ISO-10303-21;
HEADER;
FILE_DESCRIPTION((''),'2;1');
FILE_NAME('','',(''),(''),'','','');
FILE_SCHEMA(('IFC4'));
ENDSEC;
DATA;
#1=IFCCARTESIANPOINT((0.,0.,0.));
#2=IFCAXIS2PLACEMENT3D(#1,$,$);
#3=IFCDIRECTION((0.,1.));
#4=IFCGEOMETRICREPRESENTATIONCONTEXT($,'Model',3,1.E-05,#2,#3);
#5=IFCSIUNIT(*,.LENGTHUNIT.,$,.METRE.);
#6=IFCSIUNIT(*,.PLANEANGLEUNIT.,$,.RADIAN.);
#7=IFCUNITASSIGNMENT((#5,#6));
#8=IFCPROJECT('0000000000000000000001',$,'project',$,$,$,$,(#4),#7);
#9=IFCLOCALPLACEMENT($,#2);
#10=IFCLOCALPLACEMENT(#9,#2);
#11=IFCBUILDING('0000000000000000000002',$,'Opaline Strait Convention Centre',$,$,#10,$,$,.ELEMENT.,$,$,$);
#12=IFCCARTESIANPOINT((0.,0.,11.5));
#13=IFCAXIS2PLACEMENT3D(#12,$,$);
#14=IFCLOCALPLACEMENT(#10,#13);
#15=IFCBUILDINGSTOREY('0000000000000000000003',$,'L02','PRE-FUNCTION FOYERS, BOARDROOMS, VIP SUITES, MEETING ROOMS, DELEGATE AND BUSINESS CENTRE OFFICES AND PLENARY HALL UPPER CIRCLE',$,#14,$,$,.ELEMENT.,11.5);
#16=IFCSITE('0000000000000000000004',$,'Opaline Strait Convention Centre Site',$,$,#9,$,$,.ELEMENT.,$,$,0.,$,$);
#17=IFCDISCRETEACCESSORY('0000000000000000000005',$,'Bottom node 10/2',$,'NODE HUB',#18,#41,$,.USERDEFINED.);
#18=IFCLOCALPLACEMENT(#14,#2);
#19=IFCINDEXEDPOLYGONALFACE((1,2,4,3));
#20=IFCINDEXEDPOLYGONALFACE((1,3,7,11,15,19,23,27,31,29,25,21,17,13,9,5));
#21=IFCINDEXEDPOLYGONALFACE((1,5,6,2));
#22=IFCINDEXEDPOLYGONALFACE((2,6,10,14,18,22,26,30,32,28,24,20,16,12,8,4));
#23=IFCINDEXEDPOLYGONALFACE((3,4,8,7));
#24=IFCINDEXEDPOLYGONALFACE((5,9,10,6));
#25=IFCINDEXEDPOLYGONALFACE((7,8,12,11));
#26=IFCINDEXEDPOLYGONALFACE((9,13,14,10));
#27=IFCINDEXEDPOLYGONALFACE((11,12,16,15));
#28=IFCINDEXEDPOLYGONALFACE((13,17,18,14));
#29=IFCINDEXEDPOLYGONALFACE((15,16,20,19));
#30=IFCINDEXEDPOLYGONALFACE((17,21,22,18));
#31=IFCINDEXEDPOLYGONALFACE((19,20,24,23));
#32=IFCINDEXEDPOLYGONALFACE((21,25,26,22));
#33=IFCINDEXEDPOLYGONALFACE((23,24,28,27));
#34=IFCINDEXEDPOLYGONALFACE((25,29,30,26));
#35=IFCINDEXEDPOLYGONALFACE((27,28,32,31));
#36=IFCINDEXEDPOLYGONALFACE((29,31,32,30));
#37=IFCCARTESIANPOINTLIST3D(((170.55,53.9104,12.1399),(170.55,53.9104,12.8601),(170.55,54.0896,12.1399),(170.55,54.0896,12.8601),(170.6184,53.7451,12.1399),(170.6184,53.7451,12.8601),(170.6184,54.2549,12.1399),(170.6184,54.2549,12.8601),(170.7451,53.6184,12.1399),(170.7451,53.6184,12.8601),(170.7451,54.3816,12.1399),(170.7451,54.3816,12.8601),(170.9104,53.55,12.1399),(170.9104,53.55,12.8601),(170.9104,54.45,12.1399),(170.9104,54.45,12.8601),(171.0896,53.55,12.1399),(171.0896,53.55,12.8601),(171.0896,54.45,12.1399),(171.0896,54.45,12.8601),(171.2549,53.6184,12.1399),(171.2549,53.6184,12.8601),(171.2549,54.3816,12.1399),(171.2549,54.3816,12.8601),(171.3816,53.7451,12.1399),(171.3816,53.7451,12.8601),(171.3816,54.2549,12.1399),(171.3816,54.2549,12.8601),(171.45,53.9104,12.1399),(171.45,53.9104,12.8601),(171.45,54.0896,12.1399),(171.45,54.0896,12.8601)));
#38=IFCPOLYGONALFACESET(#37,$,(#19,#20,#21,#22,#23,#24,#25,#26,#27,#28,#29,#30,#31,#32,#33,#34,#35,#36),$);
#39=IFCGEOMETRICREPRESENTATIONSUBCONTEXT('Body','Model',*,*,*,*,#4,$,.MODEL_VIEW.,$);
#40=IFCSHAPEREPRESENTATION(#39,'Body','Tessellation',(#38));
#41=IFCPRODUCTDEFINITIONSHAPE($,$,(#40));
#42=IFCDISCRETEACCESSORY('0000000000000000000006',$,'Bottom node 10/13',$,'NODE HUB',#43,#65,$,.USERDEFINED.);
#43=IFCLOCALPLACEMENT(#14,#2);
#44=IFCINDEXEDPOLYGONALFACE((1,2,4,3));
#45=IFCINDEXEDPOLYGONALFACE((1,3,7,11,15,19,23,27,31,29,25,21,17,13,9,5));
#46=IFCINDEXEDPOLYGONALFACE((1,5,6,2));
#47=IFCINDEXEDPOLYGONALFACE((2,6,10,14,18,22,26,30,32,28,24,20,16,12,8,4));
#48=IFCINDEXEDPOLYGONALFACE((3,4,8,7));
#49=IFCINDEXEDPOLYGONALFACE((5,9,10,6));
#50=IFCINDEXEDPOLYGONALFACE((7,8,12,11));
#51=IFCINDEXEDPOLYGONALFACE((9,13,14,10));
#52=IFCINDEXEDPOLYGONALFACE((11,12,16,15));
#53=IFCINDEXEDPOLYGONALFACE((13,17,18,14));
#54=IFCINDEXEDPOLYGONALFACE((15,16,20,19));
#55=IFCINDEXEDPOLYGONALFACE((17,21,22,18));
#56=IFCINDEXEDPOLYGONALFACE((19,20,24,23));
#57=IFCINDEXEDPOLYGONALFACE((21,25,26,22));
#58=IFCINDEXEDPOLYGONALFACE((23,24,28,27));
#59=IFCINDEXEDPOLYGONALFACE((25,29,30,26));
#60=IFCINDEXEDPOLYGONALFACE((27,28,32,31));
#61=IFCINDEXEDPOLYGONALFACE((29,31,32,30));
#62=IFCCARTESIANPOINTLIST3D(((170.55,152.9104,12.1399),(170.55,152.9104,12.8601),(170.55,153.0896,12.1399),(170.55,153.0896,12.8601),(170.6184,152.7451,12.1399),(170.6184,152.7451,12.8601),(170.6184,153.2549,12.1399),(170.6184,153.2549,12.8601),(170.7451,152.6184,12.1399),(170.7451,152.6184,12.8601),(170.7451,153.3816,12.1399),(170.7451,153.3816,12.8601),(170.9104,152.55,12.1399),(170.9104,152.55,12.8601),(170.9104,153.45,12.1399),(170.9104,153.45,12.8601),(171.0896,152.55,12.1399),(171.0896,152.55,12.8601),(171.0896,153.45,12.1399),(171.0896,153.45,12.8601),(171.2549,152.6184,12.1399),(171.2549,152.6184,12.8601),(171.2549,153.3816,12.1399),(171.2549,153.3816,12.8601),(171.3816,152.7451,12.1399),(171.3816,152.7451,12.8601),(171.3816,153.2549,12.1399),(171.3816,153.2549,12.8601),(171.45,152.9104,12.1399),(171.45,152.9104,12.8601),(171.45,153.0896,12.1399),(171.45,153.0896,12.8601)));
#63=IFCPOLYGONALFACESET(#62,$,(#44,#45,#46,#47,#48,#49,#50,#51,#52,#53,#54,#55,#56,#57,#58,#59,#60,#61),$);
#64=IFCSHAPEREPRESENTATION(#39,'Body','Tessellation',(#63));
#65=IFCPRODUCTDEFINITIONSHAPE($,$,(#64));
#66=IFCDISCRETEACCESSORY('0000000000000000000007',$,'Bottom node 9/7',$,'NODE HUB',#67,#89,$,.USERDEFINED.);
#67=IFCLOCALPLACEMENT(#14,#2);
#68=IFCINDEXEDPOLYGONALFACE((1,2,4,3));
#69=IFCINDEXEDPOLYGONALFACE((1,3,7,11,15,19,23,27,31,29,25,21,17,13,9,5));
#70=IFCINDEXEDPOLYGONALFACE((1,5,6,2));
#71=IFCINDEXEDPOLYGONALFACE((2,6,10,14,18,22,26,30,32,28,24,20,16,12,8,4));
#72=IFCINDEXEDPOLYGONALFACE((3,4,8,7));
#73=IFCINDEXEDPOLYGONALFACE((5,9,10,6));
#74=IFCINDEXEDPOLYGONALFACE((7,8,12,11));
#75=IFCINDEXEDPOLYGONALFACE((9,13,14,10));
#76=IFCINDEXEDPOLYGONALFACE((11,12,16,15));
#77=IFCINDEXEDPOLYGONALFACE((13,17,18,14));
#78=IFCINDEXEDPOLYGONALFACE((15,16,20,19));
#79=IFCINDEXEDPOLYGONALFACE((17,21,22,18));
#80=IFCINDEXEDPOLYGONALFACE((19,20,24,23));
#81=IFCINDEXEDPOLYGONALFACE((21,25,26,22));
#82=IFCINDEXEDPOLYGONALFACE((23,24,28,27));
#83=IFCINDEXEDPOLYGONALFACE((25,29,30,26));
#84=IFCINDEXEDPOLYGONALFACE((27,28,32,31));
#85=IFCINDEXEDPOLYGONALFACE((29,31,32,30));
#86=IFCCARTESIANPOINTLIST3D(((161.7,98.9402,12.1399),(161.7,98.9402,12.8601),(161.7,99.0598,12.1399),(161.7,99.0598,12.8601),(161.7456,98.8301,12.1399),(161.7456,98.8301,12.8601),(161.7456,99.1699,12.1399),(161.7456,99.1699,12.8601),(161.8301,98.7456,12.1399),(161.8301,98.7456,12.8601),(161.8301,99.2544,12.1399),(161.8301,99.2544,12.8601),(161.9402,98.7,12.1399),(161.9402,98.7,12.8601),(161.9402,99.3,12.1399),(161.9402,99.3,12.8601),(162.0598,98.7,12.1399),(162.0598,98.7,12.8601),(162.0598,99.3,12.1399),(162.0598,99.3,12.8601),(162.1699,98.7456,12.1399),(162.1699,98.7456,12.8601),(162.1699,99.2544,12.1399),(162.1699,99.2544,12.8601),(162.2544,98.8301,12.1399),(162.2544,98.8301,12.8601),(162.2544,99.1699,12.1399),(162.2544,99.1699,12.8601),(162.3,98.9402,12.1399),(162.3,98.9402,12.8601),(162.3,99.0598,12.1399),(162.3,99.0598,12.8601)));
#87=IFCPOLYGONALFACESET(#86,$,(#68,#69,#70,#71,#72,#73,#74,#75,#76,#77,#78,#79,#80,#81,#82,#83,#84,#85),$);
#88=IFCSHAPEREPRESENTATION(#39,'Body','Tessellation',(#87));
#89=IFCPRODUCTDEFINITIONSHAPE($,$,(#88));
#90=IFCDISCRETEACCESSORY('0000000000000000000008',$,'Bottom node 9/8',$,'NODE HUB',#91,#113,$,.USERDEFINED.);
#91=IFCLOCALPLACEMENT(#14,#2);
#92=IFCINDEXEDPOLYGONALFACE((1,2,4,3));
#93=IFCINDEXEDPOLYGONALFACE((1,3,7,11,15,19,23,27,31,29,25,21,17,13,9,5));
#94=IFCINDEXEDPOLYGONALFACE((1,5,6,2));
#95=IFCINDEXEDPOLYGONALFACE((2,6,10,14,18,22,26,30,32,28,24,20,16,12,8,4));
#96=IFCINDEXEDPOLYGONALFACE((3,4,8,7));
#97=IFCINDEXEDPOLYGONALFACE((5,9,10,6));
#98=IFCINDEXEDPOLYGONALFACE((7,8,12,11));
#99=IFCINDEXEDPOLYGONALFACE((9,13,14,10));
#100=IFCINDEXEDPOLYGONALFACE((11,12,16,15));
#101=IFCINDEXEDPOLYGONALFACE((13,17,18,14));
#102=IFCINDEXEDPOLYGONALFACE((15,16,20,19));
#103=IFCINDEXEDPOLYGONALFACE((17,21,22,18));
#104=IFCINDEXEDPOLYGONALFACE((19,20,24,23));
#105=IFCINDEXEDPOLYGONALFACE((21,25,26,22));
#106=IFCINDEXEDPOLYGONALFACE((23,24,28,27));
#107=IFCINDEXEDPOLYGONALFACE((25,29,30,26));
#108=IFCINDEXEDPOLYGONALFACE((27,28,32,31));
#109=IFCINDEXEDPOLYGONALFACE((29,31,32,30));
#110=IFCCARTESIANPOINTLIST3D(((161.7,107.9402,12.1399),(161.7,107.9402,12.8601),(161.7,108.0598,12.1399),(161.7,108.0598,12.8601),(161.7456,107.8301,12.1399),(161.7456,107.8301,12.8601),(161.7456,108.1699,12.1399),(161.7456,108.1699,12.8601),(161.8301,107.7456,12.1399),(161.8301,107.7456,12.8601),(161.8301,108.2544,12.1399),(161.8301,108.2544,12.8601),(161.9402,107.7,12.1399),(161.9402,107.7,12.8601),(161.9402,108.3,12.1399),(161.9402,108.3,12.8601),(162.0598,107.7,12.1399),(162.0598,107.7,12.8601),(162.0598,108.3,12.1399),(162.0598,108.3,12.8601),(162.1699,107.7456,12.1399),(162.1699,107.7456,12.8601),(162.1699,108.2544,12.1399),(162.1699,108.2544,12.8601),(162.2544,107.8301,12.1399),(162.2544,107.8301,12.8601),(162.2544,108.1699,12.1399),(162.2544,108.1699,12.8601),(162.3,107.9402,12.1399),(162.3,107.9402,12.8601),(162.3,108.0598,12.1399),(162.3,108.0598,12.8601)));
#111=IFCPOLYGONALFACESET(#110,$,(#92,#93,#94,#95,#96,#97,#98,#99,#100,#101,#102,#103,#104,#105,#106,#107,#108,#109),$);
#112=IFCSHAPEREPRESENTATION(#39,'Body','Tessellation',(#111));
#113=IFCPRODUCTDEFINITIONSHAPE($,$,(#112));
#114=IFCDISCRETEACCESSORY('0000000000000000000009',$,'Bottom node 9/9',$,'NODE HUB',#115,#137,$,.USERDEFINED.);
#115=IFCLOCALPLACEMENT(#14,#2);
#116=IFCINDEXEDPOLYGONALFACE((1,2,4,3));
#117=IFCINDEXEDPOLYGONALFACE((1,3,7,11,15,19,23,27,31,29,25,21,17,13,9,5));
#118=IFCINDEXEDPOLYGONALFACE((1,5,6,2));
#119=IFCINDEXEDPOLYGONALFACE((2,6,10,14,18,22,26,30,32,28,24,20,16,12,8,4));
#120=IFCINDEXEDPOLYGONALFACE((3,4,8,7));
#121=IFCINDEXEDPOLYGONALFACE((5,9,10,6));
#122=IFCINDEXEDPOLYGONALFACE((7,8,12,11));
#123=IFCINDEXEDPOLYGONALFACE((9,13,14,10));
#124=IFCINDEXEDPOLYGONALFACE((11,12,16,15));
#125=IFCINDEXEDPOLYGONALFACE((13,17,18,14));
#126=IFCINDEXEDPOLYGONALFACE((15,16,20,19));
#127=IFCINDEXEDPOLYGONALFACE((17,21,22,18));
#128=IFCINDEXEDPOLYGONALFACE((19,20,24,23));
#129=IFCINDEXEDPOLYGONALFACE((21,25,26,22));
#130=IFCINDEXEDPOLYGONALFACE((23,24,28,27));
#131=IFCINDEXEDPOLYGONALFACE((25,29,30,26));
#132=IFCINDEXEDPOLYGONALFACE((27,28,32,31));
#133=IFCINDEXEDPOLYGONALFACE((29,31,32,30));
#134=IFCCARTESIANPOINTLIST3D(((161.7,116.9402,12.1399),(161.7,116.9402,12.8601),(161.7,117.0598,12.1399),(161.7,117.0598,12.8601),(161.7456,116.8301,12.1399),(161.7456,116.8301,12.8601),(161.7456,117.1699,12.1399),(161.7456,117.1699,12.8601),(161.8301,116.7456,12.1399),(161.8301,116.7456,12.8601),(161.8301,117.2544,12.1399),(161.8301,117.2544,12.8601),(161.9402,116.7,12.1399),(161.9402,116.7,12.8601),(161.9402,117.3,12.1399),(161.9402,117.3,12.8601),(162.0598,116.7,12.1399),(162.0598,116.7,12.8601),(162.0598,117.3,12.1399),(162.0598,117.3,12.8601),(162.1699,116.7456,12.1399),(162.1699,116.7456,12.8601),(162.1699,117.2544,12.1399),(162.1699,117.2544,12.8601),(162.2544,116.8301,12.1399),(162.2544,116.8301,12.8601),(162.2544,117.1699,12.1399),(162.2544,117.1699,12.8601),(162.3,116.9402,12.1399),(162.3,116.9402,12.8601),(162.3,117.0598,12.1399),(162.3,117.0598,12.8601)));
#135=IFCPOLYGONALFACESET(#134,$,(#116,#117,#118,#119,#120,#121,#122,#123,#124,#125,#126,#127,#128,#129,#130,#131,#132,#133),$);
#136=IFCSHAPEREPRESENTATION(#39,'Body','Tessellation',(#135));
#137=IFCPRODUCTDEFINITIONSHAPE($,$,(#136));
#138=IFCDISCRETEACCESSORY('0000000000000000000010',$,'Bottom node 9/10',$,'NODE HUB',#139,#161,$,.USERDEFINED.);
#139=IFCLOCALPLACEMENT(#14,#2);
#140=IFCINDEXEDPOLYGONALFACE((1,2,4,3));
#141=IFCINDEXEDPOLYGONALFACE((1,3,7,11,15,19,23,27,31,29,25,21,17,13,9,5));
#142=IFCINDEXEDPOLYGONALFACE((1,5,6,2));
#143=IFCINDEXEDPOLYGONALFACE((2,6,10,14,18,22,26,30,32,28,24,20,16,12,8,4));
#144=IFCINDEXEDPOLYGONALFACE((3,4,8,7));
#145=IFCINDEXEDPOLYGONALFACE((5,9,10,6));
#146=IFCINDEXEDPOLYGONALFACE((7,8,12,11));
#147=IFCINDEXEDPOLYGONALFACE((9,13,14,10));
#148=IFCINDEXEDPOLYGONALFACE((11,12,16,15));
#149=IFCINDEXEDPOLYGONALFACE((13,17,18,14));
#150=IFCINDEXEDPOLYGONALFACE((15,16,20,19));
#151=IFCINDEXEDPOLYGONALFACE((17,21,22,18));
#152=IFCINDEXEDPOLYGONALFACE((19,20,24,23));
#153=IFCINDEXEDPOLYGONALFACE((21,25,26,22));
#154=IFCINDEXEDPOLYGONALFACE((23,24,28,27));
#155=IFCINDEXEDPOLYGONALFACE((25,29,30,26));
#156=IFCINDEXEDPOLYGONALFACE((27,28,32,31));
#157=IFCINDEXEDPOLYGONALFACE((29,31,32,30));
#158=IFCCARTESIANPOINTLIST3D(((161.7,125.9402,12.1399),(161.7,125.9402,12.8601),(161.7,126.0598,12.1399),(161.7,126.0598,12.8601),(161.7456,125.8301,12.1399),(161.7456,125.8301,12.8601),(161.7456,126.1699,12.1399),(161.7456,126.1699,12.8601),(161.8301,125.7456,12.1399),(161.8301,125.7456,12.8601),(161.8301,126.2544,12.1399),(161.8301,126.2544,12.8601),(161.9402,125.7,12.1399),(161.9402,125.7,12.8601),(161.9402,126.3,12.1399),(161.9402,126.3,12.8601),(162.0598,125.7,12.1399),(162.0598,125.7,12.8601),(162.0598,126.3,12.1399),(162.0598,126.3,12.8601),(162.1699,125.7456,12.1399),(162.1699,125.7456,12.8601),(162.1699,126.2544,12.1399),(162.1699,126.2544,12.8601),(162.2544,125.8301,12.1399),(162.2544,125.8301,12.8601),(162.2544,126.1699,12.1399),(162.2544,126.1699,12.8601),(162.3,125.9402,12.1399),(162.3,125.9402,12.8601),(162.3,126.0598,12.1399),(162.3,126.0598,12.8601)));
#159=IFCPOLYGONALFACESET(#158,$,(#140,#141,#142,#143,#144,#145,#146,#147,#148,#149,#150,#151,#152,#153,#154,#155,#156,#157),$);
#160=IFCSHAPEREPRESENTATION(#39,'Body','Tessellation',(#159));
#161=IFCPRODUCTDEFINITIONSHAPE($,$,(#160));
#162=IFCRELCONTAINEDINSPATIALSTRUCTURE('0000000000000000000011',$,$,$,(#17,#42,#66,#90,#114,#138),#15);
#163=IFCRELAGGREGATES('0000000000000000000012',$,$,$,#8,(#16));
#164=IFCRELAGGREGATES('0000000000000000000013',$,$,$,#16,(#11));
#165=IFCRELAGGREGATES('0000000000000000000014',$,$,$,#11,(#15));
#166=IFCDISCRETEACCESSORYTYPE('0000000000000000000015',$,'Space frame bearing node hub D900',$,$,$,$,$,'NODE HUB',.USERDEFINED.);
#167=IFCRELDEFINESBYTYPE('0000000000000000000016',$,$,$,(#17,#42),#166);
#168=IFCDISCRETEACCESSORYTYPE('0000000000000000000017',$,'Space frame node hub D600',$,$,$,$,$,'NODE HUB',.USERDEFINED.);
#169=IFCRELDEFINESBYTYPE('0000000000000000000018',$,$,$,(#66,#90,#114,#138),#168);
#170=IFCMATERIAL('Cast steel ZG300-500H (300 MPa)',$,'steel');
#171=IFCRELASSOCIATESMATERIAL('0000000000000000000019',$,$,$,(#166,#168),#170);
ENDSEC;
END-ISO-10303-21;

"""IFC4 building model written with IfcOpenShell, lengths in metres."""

from ifc_helpers import new_model, si_unit, direction, frame, origin, place, context, subcontext, project, spatial, polyline, outline, extrude, material, type_object, element, save


model = new_model("IFC4")

# Units and contexts
model_context = context("Model", 3, precision=1e-05, world=origin(), true_north=direction((0.0, 1.0)))
body_context = subcontext(model_context, "Body", "Model", "MODEL_VIEW")
ifc_project = project(units=[si_unit("LENGTHUNIT", "METRE"), si_unit("PLANEANGLEUNIT", "RADIAN")], contexts=[model_context])

# Site, building, storey
site_placement = place(None, origin())
site = spatial("IfcSite", under=ifc_project, at=site_placement, Name="Opaline Strait Convention Centre Site", CompositionType="ELEMENT", RefElevation=0.0)
building_placement = place(site_placement, origin())
building = spatial("IfcBuilding", under=site, at=building_placement, Name="Opaline Strait Convention Centre", CompositionType="ELEMENT")
storey_placement = place(building_placement, frame((0.0, 0.0, 11.5)))
storey = spatial("IfcBuildingStorey", under=building, at=storey_placement, Name="L02", Description="PRE-FUNCTION FOYERS, BOARDROOMS, VIP SUITES, MEETING ROOMS, DELEGATE AND BUSINESS CENTRE OFFICES AND PLENARY HALL UPPER CIRCLE", CompositionType="ELEMENT", Elevation=11.5)

# Discrete accessories
ifc_material = material(Name="Cast steel ZG300-500H (300 MPa)", Category="steel")
discrete_accessory_type_1 = type_object("IfcDiscreteAccessoryType", Name="Space frame bearing node hub D900", ElementType="NODE HUB", PredefinedType="USERDEFINED", material=ifc_material)
discrete_accessory_1_placement = place(storey_placement, frame((0.0, 0.0, 12.1399)))
element("IfcDiscreteAccessory", 1, at=discrete_accessory_1_placement, inside=storey, type_object=discrete_accessory_type_1, Name="Bottom node 10/2", ObjectType="NODE HUB", PredefinedType="USERDEFINED", context=body_context, shape_type="SweptSolid", body=[
    extrude(outline(polyline([(171.45, 54.0896), (171.3816, 54.2549), (171.2549, 54.3816), (171.0896, 54.45), (170.9104, 54.45), (170.7451, 54.3816), (170.6184, 54.2549), (170.55, 54.0896), (170.55, 53.9104), (170.6184, 53.7451), (170.7451, 53.6184), (170.9104, 53.55), (171.0896, 53.55), (171.2549, 53.6184), (171.3816, 53.7451), (171.45, 53.9104), (171.45, 54.0896)])), origin(), (0.0, 0.0, 1.0), 0.7202),
])
discrete_accessory_2_placement = place(storey_placement, frame((0.0, 0.0, 12.1399)))
element("IfcDiscreteAccessory", 2, at=discrete_accessory_2_placement, inside=storey, type_object=discrete_accessory_type_1, Name="Bottom node 10/13", ObjectType="NODE HUB", PredefinedType="USERDEFINED", context=body_context, shape_type="SweptSolid", body=[
    extrude(outline(polyline([(171.45, 153.0896), (171.3816, 153.2549), (171.2549, 153.3816), (171.0896, 153.45), (170.9104, 153.45), (170.7451, 153.3816), (170.6184, 153.2549), (170.55, 153.0896), (170.55, 152.9104), (170.6184, 152.7451), (170.7451, 152.6184), (170.9104, 152.55), (171.0896, 152.55), (171.2549, 152.6184), (171.3816, 152.7451), (171.45, 152.9104), (171.45, 153.0896)])), origin(), (0.0, 0.0, 1.0), 0.7202),
])
discrete_accessory_type_2 = type_object("IfcDiscreteAccessoryType", Name="Space frame node hub D600", ElementType="NODE HUB", PredefinedType="USERDEFINED", material=ifc_material)
discrete_accessory_3_placement = place(storey_placement, frame((0.0, 0.0, 12.1399)))
element("IfcDiscreteAccessory", 3, at=discrete_accessory_3_placement, inside=storey, type_object=discrete_accessory_type_2, Name="Bottom node 9/7", ObjectType="NODE HUB", PredefinedType="USERDEFINED", context=body_context, shape_type="SweptSolid", body=[
    extrude(outline(polyline([(162.3, 99.0598), (162.2544, 99.1699), (162.1699, 99.2544), (162.0598, 99.3), (161.9402, 99.3), (161.8301, 99.2544), (161.7456, 99.1699), (161.7, 99.0598), (161.7, 98.9402), (161.7456, 98.8301), (161.8301, 98.7456), (161.9402, 98.7), (162.0598, 98.7), (162.1699, 98.7456), (162.2544, 98.8301), (162.3, 98.9402), (162.3, 99.0598)])), origin(), (0.0, 0.0, 1.0), 0.7202),
])
discrete_accessory_4_placement = place(storey_placement, frame((0.0, 0.0, 12.1399)))
element("IfcDiscreteAccessory", 4, at=discrete_accessory_4_placement, inside=storey, type_object=discrete_accessory_type_2, Name="Bottom node 9/8", ObjectType="NODE HUB", PredefinedType="USERDEFINED", context=body_context, shape_type="SweptSolid", body=[
    extrude(outline(polyline([(162.3, 108.0598), (162.2544, 108.1699), (162.1699, 108.2544), (162.0598, 108.3), (161.9402, 108.3), (161.8301, 108.2544), (161.7456, 108.1699), (161.7, 108.0598), (161.7, 107.9402), (161.7456, 107.8301), (161.8301, 107.7456), (161.9402, 107.7), (162.0598, 107.7), (162.1699, 107.7456), (162.2544, 107.8301), (162.3, 107.9402), (162.3, 108.0598)])), origin(), (0.0, 0.0, 1.0), 0.7202),
])
discrete_accessory_5_placement = place(storey_placement, frame((0.0, 0.0, 12.1399)))
element("IfcDiscreteAccessory", 5, at=discrete_accessory_5_placement, inside=storey, type_object=discrete_accessory_type_2, Name="Bottom node 9/9", ObjectType="NODE HUB", PredefinedType="USERDEFINED", context=body_context, shape_type="SweptSolid", body=[
    extrude(outline(polyline([(162.3, 117.0598), (162.2544, 117.1699), (162.1699, 117.2544), (162.0598, 117.3), (161.9402, 117.3), (161.8301, 117.2544), (161.7456, 117.1699), (161.7, 117.0598), (161.7, 116.9402), (161.7456, 116.8301), (161.8301, 116.7456), (161.9402, 116.7), (162.0598, 116.7), (162.1699, 116.7456), (162.2544, 116.8301), (162.3, 116.9402), (162.3, 117.0598)])), origin(), (0.0, 0.0, 1.0), 0.7202),
])
discrete_accessory_6_placement = place(storey_placement, frame((0.0, 0.0, 12.1399)))
element("IfcDiscreteAccessory", 6, at=discrete_accessory_6_placement, inside=storey, type_object=discrete_accessory_type_2, Name="Bottom node 9/10", ObjectType="NODE HUB", PredefinedType="USERDEFINED", context=body_context, shape_type="SweptSolid", body=[
    extrude(outline(polyline([(162.3, 126.0598), (162.2544, 126.1699), (162.1699, 126.2544), (162.0598, 126.3), (161.9402, 126.3), (161.8301, 126.2544), (161.7456, 126.1699), (161.7, 126.0598), (161.7, 125.9402), (161.7456, 125.8301), (161.8301, 125.7456), (161.9402, 125.7), (162.0598, 125.7), (162.1699, 125.7456), (162.2544, 125.8301), (162.3, 125.9402), (162.3, 126.0598)])), origin(), (0.0, 0.0, 1.0), 0.7202),
])

save(model, "model.ifc")
